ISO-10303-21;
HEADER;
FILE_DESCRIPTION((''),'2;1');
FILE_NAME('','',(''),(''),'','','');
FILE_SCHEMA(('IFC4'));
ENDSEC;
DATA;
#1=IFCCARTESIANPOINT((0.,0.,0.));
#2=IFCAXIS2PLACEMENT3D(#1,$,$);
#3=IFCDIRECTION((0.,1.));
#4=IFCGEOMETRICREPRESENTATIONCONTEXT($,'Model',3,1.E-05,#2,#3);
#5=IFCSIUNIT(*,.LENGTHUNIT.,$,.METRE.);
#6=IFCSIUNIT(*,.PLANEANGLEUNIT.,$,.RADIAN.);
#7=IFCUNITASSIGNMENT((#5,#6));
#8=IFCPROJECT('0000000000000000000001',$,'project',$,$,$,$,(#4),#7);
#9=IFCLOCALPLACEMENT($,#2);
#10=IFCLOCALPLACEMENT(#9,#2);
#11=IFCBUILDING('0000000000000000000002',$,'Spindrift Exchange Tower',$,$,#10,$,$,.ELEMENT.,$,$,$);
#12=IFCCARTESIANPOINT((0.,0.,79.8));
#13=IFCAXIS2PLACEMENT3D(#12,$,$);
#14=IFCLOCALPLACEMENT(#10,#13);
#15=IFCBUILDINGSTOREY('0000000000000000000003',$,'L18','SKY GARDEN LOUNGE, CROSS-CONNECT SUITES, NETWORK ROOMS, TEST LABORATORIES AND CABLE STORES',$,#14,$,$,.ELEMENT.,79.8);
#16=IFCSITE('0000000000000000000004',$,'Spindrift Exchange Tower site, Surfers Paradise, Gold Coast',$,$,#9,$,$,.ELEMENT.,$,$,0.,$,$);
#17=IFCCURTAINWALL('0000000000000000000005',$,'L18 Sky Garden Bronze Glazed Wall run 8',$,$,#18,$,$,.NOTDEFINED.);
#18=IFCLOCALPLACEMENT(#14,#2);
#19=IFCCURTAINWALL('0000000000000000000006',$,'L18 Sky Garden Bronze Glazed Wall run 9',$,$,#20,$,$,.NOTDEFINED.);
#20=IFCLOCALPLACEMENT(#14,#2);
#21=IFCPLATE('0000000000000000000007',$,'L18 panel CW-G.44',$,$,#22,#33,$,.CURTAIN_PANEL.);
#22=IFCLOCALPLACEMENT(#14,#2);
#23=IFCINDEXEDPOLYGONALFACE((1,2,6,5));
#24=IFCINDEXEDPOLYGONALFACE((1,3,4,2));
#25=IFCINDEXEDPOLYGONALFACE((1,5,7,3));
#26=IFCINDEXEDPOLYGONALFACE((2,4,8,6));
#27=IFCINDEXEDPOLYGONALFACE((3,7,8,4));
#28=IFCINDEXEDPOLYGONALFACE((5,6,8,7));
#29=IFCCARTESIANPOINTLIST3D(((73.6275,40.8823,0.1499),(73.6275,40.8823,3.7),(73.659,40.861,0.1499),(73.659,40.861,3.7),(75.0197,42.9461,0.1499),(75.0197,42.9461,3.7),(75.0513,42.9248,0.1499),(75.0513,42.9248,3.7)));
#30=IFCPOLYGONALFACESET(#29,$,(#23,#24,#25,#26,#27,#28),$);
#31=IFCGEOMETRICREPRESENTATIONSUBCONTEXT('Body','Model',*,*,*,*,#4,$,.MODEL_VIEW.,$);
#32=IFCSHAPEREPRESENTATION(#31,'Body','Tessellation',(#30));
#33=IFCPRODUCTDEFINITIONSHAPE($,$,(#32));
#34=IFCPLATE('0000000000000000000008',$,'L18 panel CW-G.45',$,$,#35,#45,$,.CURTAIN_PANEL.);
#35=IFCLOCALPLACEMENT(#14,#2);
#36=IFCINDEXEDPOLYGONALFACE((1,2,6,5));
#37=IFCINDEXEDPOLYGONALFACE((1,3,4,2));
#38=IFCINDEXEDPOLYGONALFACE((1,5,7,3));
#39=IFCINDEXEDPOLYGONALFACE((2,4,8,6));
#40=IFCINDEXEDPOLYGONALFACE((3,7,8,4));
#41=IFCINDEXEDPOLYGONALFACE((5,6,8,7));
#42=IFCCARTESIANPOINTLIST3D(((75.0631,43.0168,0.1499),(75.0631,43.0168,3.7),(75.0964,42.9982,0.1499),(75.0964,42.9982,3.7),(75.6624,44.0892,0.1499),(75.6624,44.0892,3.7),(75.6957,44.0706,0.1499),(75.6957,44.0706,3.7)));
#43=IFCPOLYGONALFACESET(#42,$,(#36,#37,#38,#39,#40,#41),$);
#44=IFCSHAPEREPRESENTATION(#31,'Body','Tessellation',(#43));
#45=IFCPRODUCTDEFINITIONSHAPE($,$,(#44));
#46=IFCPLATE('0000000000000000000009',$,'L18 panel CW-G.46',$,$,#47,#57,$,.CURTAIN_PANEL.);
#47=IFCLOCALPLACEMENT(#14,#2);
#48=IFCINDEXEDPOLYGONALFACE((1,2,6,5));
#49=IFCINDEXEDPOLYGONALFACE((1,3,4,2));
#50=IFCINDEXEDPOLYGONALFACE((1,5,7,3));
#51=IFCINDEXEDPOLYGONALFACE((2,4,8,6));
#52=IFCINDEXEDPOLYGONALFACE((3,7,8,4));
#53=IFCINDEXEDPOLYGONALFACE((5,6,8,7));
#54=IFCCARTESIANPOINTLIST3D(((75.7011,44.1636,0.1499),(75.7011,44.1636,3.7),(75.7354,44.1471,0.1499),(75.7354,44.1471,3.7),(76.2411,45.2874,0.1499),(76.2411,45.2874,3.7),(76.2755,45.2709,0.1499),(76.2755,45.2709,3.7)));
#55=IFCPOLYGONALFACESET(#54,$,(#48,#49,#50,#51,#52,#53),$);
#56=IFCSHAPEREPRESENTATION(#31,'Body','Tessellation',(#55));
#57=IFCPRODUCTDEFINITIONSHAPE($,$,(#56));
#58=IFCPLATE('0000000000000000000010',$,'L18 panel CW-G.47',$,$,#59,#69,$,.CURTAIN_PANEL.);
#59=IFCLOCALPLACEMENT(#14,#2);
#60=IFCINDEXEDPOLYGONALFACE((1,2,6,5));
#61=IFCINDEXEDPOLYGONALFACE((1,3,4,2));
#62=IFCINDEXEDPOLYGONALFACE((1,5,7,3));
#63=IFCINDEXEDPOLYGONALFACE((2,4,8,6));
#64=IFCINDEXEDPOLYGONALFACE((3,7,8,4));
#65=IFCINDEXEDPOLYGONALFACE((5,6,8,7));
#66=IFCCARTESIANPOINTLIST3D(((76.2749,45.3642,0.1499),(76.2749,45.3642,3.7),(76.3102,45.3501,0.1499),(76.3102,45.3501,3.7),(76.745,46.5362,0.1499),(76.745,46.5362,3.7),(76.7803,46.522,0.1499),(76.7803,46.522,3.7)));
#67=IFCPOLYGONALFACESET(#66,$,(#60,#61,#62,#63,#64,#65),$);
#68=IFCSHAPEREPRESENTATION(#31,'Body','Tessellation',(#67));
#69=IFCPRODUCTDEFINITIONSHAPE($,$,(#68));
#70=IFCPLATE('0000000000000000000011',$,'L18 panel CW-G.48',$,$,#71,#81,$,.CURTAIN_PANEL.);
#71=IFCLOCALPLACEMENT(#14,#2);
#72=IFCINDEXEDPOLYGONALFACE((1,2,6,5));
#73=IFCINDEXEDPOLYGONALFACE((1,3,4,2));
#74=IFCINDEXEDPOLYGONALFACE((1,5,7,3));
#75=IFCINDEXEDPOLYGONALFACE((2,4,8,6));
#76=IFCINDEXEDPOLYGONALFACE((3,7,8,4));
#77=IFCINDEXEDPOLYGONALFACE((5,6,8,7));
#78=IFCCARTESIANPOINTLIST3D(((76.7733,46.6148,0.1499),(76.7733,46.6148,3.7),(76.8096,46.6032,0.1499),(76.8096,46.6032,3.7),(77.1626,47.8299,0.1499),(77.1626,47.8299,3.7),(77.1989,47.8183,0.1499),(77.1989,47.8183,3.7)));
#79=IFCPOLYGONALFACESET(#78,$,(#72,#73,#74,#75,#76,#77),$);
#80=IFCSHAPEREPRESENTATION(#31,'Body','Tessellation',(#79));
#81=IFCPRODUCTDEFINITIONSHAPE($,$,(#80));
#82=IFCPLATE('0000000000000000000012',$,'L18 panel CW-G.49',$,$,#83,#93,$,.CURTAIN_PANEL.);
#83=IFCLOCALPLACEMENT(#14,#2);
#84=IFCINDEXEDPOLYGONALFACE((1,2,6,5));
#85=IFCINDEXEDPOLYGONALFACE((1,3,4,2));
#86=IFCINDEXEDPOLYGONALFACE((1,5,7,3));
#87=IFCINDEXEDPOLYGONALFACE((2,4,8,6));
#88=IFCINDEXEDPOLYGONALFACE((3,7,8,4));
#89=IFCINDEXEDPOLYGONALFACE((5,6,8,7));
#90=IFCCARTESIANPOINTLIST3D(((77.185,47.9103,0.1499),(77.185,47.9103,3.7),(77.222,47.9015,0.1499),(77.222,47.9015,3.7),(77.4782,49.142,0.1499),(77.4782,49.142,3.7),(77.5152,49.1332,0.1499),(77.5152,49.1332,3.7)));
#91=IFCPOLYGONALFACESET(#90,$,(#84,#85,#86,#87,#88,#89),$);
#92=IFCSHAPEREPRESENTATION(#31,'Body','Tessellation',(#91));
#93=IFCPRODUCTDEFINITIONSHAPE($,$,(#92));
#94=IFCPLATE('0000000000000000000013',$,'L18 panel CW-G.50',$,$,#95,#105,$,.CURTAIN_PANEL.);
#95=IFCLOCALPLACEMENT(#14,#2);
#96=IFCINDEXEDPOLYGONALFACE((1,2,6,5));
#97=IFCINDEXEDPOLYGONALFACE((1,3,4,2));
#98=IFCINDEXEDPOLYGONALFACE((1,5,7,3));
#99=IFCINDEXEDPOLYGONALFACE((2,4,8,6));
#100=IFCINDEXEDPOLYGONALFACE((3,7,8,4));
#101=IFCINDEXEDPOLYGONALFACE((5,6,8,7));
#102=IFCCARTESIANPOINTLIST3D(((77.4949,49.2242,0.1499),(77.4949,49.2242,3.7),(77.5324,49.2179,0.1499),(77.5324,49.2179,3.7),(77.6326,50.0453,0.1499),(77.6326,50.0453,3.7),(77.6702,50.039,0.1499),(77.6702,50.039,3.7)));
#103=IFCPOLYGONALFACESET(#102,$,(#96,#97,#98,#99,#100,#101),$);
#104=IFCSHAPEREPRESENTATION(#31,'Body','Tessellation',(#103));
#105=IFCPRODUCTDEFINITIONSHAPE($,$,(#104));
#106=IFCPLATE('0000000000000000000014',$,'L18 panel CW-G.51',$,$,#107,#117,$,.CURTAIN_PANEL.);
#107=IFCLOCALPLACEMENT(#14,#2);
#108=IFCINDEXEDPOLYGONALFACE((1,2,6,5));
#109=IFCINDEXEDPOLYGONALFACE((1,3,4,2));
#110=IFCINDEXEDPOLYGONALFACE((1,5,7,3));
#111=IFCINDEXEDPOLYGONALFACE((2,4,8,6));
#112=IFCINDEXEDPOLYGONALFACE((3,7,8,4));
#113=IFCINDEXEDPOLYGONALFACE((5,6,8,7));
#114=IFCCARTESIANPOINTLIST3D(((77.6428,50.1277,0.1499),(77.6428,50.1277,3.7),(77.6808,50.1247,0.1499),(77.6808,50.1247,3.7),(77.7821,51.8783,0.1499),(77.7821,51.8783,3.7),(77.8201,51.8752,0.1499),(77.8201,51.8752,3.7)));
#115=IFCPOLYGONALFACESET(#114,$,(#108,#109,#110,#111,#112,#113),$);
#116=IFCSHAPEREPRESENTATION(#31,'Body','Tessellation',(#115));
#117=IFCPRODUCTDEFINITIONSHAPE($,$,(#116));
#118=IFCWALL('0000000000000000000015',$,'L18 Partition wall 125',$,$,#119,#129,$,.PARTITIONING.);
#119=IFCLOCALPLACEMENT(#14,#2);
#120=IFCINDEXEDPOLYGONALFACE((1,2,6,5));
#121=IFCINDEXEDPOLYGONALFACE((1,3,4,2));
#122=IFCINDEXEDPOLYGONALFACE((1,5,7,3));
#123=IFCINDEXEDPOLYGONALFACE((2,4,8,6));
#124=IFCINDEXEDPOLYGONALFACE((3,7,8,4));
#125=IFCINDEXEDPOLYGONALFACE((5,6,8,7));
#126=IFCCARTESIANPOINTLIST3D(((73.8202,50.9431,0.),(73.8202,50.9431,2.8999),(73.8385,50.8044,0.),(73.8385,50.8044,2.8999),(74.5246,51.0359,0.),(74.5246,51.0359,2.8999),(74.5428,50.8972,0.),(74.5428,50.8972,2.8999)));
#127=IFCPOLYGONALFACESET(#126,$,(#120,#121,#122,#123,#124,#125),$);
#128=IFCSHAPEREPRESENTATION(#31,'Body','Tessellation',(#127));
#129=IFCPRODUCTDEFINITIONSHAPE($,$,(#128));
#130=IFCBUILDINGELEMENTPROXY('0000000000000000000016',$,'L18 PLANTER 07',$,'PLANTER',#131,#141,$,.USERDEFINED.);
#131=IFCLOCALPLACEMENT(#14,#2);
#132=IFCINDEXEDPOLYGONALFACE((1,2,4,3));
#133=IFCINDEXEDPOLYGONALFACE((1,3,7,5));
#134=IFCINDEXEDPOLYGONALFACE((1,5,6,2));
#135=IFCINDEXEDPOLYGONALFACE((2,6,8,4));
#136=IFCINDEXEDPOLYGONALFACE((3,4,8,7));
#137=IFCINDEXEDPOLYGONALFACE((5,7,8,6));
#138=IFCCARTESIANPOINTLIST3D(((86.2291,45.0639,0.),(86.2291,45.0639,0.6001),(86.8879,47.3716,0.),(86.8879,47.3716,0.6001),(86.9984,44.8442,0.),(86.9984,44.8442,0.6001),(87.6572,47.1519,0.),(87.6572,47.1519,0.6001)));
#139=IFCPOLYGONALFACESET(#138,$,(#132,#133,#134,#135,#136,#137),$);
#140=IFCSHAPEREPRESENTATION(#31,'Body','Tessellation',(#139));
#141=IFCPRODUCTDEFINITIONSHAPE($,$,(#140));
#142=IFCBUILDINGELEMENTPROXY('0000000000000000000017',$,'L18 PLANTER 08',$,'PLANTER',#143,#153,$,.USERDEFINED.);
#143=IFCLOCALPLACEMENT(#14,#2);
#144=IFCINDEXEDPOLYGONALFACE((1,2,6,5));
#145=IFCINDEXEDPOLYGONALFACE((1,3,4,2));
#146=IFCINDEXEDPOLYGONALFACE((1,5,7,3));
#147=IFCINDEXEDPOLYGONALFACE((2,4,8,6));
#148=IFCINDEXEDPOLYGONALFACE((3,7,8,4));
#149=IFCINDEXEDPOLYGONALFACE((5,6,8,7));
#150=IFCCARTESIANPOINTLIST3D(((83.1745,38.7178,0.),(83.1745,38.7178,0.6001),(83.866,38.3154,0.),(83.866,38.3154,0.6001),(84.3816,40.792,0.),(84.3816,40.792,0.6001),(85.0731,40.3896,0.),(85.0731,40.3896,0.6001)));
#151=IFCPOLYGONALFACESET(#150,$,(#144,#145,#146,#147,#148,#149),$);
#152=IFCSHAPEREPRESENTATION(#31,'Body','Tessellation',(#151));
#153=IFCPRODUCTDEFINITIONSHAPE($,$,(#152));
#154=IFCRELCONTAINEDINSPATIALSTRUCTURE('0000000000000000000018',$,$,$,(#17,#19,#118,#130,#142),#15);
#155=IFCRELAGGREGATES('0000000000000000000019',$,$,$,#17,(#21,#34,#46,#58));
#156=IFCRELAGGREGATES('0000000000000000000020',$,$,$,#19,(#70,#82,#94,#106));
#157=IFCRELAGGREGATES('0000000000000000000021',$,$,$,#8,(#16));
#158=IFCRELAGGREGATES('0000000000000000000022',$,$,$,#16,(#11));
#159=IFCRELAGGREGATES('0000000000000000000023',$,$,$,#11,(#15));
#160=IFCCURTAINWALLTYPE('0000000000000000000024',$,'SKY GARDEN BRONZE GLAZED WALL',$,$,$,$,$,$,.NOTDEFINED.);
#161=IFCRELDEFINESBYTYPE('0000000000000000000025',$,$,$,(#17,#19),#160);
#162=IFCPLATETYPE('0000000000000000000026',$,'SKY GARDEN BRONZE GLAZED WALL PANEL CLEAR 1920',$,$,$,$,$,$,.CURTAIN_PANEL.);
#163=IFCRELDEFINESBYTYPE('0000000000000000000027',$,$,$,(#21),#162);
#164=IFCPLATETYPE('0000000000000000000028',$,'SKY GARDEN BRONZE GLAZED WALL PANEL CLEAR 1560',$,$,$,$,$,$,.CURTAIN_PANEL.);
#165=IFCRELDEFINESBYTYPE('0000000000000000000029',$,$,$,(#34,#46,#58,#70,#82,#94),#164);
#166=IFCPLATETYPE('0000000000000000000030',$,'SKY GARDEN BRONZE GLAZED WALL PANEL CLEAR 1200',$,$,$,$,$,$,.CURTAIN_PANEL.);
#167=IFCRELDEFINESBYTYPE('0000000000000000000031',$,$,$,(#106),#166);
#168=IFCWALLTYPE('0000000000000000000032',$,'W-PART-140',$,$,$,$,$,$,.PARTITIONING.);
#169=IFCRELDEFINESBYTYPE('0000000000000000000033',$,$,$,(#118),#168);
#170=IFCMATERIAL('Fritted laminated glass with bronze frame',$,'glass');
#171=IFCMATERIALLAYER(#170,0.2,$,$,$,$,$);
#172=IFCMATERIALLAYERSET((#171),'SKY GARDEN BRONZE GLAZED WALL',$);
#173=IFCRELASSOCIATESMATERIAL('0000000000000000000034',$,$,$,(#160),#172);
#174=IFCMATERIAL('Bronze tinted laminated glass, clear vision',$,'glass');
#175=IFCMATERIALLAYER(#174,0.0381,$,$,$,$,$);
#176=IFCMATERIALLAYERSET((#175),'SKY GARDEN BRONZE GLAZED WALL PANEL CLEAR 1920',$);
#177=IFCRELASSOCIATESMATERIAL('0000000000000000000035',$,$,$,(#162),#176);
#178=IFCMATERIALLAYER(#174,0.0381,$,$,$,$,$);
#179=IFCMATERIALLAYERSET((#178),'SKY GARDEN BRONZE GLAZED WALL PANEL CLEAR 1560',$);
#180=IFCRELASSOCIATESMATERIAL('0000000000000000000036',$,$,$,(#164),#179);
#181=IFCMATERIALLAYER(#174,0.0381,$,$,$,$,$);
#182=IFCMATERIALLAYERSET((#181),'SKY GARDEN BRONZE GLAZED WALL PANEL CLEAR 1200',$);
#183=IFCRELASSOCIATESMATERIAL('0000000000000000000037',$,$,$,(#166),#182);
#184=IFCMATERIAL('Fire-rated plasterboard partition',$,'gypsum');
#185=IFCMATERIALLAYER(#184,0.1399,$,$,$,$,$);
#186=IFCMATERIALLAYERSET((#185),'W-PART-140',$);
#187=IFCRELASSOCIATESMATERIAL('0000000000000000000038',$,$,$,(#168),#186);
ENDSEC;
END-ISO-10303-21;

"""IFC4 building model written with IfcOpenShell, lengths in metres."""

from ifc_helpers import new_model, si_unit, direction, frame, frame_2d, origin, origin_2d, place, context, subcontext, project, spatial, rectangle, extrude, source, transform, mapped, material, layer, layer_set, type_object, element, aggregate, save


model = new_model("IFC4")

# Units and contexts
model_context = context("Model", 3, precision=1e-05, world=origin(), true_north=direction((0.0, 1.0)))
body_context = subcontext(model_context, "Body", "Model", "MODEL_VIEW")
ifc_project = project(units=[si_unit("LENGTHUNIT", "METRE"), si_unit("PLANEANGLEUNIT", "RADIAN")], contexts=[model_context])

# Site, building, storey
site_placement = place(None, origin())
site = spatial("IfcSite", under=ifc_project, at=site_placement, Name="Spindrift Exchange Tower site, Surfers Paradise, Gold Coast", CompositionType="ELEMENT", RefElevation=0.0)
building_placement = place(site_placement, origin())
building = spatial("IfcBuilding", under=site, at=building_placement, Name="Spindrift Exchange Tower", CompositionType="ELEMENT")
storey_placement = place(building_placement, frame((0.0, 0.0, 79.8)))
storey = spatial("IfcBuildingStorey", under=building, at=storey_placement, Name="L18", Description="SKY GARDEN LOUNGE, CROSS-CONNECT SUITES, NETWORK ROOMS, TEST LABORATORIES AND CABLE STORES", CompositionType="ELEMENT", Elevation=79.8)

# Curtain walls
ifc_material_1 = material(Name="Fritted laminated glass with bronze frame", Category="glass")
ifc_layer_1 = layer(ifc_material_1, 0.2)
ifc_layer_set_1 = layer_set([ifc_layer_1], Name="SKY GARDEN BRONZE GLAZED WALL")
curtain_wall_type = type_object("IfcCurtainWallType", Name="SKY GARDEN BRONZE GLAZED WALL", PredefinedType="NOTDEFINED", material=ifc_layer_set_1)
curtain_wall_1_placement = place(storey_placement, origin())
curtain_wall_1 = element("IfcCurtainWall", 1, at=curtain_wall_1_placement, inside=storey, type_object=curtain_wall_type, Name="L18 Sky Garden Bronze Glazed Wall run 8", PredefinedType="NOTDEFINED")
curtain_wall_2_placement = place(storey_placement, origin())
curtain_wall_2 = element("IfcCurtainWall", 2, at=curtain_wall_2_placement, inside=storey, type_object=curtain_wall_type, Name="L18 Sky Garden Bronze Glazed Wall run 9", PredefinedType="NOTDEFINED")

# Plates
ifc_material_2 = material(Name="Bronze tinted laminated glass, clear vision", Category="glass")
ifc_layer_2 = layer(ifc_material_2, 0.0381)
ifc_layer_set_2 = layer_set([ifc_layer_2], Name="SKY GARDEN BRONZE GLAZED WALL PANEL CLEAR 1920")
plate_type_1 = type_object("IfcPlateType", Name="SKY GARDEN BRONZE GLAZED WALL PANEL CLEAR 1920", PredefinedType="CURTAIN_PANEL", material=ifc_layer_set_2)
shared_shape_1 = source(origin(), body_context, "Body", "SweptSolid", [
    extrude(rectangle(XDim=2.4895, YDim=0.0381, at=origin_2d()), origin(), (0.0, 0.0, 1.0), 3.55),
])
plate_1_placement = place(storey_placement, frame((74.3394, 41.9036, 0.1499), z_axis=(0.0, 0.0, 1.0), x_axis=(0.559236, 0.829008, 0.0)))
plate_1 = element("IfcPlate", 3, at=plate_1_placement, type_object=plate_type_1, Name="L18 panel CW-G.44", PredefinedType="CURTAIN_PANEL", context=body_context, shape_type="MappedRepresentation", body=[
    mapped(shared_shape_1, transform((0.0, 0.0, 0.0), scale=1.0)),
])
ifc_layer_3 = layer(ifc_material_2, 0.0381)
ifc_layer_set_3 = layer_set([ifc_layer_3], Name="SKY GARDEN BRONZE GLAZED WALL PANEL CLEAR 1560")
plate_type_2 = type_object("IfcPlateType", Name="SKY GARDEN BRONZE GLAZED WALL PANEL CLEAR 1560", PredefinedType="CURTAIN_PANEL", material=ifc_layer_set_3)
shared_shape_2 = source(origin(), body_context, "Body", "SweptSolid", [
    extrude(rectangle(XDim=1.2285, YDim=0.0381, at=origin_2d()), origin(), (0.0, 0.0, 1.0), 3.55),
])
plate_2_placement = place(storey_placement, frame((75.3794, 43.5437, 0.1499), z_axis=(0.0, 0.0, 1.0), x_axis=(0.487826, 0.872941, 0.0)))
plate_2 = element("IfcPlate", 4, at=plate_2_placement, type_object=plate_type_2, Name="L18 panel CW-G.45", PredefinedType="CURTAIN_PANEL", context=body_context, shape_type="MappedRepresentation", body=[
    mapped(shared_shape_2, transform((0.0, 0.0, 0.0), scale=1.0)),
])
shared_shape_3 = source(origin(), body_context, "Body", "SweptSolid", [
    extrude(rectangle(XDim=1.2468, YDim=0.0381, at=origin_2d()), origin(), (0.0, 0.0, 1.0), 3.55),
])
plate_3_placement = place(storey_placement, frame((75.9883, 44.7173, 0.1499), z_axis=(0.0, 0.0, 1.0), x_axis=(0.433134, 0.90133, 0.0)))
plate_3 = element("IfcPlate", 5, at=plate_3_placement, type_object=plate_type_2, Name="L18 panel CW-G.46", PredefinedType="CURTAIN_PANEL", context=body_context, shape_type="MappedRepresentation", body=[
    mapped(shared_shape_3, transform((0.0, 0.0, 0.0), scale=1.0)),
])
shared_shape_4 = source(origin(), body_context, "Body", "SweptSolid", [
    extrude(rectangle(XDim=1.2627, YDim=0.0381, at=origin_2d()), origin(), (0.0, 0.0, 1.0), 3.55),
])
plate_4_placement = place(storey_placement, frame((76.5276, 45.9431, 0.1499), z_axis=(0.0, 0.0, 1.0), x_axis=(0.372311, 0.928108, 0.0)))
plate_4 = element("IfcPlate", 6, at=plate_4_placement, type_object=plate_type_2, Name="L18 panel CW-G.47", PredefinedType="CURTAIN_PANEL", context=body_context, shape_type="MappedRepresentation", body=[
    mapped(shared_shape_4, transform((0.0, 0.0, 0.0), scale=1.0)),
])
aggregate(curtain_wall_1, [plate_1, plate_2, plate_3, plate_4])
shared_shape_5 = source(origin(), body_context, "Body", "SweptSolid", [
    extrude(rectangle(XDim=1.2759, YDim=0.0381, at=origin_2d()), origin(), (0.0, 0.0, 1.0), 3.55),
])
plate_5_placement = place(storey_placement, frame((76.9861, 47.2166, 0.1499), z_axis=(0.0, 0.0, 1.0), x_axis=(0.305095, 0.952322, 0.0)))
plate_5 = element("IfcPlate", 7, at=plate_5_placement, type_object=plate_type_2, Name="L18 panel CW-G.48", PredefinedType="CURTAIN_PANEL", context=body_context, shape_type="MappedRepresentation", body=[
    mapped(shared_shape_5, transform((0.0, 0.0, 0.0), scale=1.0)),
])
shared_shape_6 = source(origin(), body_context, "Body", "SweptSolid", [
    extrude(rectangle(XDim=1.2661, YDim=0.0381, at=origin_2d()), origin(), (0.0, 0.0, 1.0), 3.55),
])
plate_6_placement = place(storey_placement, frame((77.3501, 48.5217, 0.1499), z_axis=(0.0, 0.0, 1.0), x_axis=(0.231568, 0.972819, 0.0)))
plate_6 = element("IfcPlate", 8, at=plate_6_placement, type_object=plate_type_2, Name="L18 panel CW-G.49", PredefinedType="CURTAIN_PANEL", context=body_context, shape_type="MappedRepresentation", body=[
    mapped(shared_shape_6, transform((0.0, 0.0, 0.0), scale=1.0)),
])
shared_shape_7 = source(origin(), body_context, "Body", "SweptSolid", [
    extrude(rectangle(XDim=0.8325, YDim=0.0381, at=origin_2d()), origin(), (0.0, 0.0, 1.0), 3.55),
])
plate_7_placement = place(storey_placement, frame((77.5825, 49.6316, 0.1499), z_axis=(0.0, 0.0, 1.0), x_axis=(0.165442, 0.98622, 0.0)))
plate_7 = element("IfcPlate", 9, at=plate_7_placement, type_object=plate_type_2, Name="L18 panel CW-G.50", PredefinedType="CURTAIN_PANEL", context=body_context, shape_type="MappedRepresentation", body=[
    mapped(shared_shape_7, transform((0.0, 0.0, 0.0), scale=1.0)),
])
ifc_layer_4 = layer(ifc_material_2, 0.0381)
ifc_layer_set_4 = layer_set([ifc_layer_4], Name="SKY GARDEN BRONZE GLAZED WALL PANEL CLEAR 1200")
plate_type_3 = type_object("IfcPlateType", Name="SKY GARDEN BRONZE GLAZED WALL PANEL CLEAR 1200", PredefinedType="CURTAIN_PANEL", material=ifc_layer_set_4)
shared_shape_8 = source(origin(), body_context, "Body", "SweptSolid", [
    extrude(rectangle(XDim=1.7561, YDim=0.0381, at=origin_2d()), origin(), (0.0, 0.0, 1.0), 3.55),
])
plate_8_placement = place(storey_placement, frame((77.7314, 51.0015, 0.1499), z_axis=(0.0, 0.0, 1.0), x_axis=(0.079305, 0.99685, 0.0)))
plate_8 = element("IfcPlate", 10, at=plate_8_placement, type_object=plate_type_3, Name="L18 panel CW-G.51", PredefinedType="CURTAIN_PANEL", context=body_context, shape_type="MappedRepresentation", body=[
    mapped(shared_shape_8, transform((0.0, 0.0, 0.0), scale=1.0)),
])
aggregate(curtain_wall_2, [plate_5, plate_6, plate_7, plate_8])

# Wall
ifc_material_3 = material(Name="Fire-rated plasterboard partition", Category="gypsum")
ifc_layer_5 = layer(ifc_material_3, 0.1399)
ifc_layer_set_5 = layer_set([ifc_layer_5], Name="W-PART-140")
wall_type = type_object("IfcWallType", Name="W-PART-140", PredefinedType="PARTITIONING", material=ifc_layer_set_5)
wall_placement = place(storey_placement, frame((73.8293, 50.8738, 0.0), z_axis=(0.0, 0.0, 1.0), x_axis=(0.991437, 0.130588, 0.0)))
element("IfcWall", 11, at=wall_placement, inside=storey, type_object=wall_type, Name="L18 Partition wall 125", PredefinedType="PARTITIONING", context=body_context, shape_type="SweptSolid", body=[
    extrude(rectangle(XDim=0.7104, YDim=0.1399, at=frame_2d((0.3552, 0.0))), origin(), (0.0, 0.0, 1.0), 2.8999),
])

# Building element proxies
shared_shape_9 = source(origin(), body_context, "Body", "SweptSolid", [
    extrude(rectangle(XDim=2.3999, YDim=0.8, at=origin_2d()), origin(), (0.0, 0.0, 1.0), 0.6001),
])
for number, where, z_axis, x_axis, name in (
    (12, (86.9431, 46.1079, 0.0), (0.0, 0.0, 1.0), (-0.274518, -0.961582, 0.0), "L18 PLANTER 07"),
    (13, (84.1238, 39.5537, 0.0), (0.0, 0.0, 1.0), (-0.502973, -0.864302, 0.0), "L18 PLANTER 08"),
):
    element("IfcBuildingElementProxy", number, at=place(storey_placement, frame(where, z_axis=z_axis, x_axis=x_axis)), inside=storey, Name=name, ObjectType="PLANTER", PredefinedType="USERDEFINED", context=body_context, shape_type="MappedRepresentation", body=[
        mapped(shared_shape_9, transform((0.0, 0.0, 0.0), scale=1.0)),
    ])

save(model, "model.ifc")
